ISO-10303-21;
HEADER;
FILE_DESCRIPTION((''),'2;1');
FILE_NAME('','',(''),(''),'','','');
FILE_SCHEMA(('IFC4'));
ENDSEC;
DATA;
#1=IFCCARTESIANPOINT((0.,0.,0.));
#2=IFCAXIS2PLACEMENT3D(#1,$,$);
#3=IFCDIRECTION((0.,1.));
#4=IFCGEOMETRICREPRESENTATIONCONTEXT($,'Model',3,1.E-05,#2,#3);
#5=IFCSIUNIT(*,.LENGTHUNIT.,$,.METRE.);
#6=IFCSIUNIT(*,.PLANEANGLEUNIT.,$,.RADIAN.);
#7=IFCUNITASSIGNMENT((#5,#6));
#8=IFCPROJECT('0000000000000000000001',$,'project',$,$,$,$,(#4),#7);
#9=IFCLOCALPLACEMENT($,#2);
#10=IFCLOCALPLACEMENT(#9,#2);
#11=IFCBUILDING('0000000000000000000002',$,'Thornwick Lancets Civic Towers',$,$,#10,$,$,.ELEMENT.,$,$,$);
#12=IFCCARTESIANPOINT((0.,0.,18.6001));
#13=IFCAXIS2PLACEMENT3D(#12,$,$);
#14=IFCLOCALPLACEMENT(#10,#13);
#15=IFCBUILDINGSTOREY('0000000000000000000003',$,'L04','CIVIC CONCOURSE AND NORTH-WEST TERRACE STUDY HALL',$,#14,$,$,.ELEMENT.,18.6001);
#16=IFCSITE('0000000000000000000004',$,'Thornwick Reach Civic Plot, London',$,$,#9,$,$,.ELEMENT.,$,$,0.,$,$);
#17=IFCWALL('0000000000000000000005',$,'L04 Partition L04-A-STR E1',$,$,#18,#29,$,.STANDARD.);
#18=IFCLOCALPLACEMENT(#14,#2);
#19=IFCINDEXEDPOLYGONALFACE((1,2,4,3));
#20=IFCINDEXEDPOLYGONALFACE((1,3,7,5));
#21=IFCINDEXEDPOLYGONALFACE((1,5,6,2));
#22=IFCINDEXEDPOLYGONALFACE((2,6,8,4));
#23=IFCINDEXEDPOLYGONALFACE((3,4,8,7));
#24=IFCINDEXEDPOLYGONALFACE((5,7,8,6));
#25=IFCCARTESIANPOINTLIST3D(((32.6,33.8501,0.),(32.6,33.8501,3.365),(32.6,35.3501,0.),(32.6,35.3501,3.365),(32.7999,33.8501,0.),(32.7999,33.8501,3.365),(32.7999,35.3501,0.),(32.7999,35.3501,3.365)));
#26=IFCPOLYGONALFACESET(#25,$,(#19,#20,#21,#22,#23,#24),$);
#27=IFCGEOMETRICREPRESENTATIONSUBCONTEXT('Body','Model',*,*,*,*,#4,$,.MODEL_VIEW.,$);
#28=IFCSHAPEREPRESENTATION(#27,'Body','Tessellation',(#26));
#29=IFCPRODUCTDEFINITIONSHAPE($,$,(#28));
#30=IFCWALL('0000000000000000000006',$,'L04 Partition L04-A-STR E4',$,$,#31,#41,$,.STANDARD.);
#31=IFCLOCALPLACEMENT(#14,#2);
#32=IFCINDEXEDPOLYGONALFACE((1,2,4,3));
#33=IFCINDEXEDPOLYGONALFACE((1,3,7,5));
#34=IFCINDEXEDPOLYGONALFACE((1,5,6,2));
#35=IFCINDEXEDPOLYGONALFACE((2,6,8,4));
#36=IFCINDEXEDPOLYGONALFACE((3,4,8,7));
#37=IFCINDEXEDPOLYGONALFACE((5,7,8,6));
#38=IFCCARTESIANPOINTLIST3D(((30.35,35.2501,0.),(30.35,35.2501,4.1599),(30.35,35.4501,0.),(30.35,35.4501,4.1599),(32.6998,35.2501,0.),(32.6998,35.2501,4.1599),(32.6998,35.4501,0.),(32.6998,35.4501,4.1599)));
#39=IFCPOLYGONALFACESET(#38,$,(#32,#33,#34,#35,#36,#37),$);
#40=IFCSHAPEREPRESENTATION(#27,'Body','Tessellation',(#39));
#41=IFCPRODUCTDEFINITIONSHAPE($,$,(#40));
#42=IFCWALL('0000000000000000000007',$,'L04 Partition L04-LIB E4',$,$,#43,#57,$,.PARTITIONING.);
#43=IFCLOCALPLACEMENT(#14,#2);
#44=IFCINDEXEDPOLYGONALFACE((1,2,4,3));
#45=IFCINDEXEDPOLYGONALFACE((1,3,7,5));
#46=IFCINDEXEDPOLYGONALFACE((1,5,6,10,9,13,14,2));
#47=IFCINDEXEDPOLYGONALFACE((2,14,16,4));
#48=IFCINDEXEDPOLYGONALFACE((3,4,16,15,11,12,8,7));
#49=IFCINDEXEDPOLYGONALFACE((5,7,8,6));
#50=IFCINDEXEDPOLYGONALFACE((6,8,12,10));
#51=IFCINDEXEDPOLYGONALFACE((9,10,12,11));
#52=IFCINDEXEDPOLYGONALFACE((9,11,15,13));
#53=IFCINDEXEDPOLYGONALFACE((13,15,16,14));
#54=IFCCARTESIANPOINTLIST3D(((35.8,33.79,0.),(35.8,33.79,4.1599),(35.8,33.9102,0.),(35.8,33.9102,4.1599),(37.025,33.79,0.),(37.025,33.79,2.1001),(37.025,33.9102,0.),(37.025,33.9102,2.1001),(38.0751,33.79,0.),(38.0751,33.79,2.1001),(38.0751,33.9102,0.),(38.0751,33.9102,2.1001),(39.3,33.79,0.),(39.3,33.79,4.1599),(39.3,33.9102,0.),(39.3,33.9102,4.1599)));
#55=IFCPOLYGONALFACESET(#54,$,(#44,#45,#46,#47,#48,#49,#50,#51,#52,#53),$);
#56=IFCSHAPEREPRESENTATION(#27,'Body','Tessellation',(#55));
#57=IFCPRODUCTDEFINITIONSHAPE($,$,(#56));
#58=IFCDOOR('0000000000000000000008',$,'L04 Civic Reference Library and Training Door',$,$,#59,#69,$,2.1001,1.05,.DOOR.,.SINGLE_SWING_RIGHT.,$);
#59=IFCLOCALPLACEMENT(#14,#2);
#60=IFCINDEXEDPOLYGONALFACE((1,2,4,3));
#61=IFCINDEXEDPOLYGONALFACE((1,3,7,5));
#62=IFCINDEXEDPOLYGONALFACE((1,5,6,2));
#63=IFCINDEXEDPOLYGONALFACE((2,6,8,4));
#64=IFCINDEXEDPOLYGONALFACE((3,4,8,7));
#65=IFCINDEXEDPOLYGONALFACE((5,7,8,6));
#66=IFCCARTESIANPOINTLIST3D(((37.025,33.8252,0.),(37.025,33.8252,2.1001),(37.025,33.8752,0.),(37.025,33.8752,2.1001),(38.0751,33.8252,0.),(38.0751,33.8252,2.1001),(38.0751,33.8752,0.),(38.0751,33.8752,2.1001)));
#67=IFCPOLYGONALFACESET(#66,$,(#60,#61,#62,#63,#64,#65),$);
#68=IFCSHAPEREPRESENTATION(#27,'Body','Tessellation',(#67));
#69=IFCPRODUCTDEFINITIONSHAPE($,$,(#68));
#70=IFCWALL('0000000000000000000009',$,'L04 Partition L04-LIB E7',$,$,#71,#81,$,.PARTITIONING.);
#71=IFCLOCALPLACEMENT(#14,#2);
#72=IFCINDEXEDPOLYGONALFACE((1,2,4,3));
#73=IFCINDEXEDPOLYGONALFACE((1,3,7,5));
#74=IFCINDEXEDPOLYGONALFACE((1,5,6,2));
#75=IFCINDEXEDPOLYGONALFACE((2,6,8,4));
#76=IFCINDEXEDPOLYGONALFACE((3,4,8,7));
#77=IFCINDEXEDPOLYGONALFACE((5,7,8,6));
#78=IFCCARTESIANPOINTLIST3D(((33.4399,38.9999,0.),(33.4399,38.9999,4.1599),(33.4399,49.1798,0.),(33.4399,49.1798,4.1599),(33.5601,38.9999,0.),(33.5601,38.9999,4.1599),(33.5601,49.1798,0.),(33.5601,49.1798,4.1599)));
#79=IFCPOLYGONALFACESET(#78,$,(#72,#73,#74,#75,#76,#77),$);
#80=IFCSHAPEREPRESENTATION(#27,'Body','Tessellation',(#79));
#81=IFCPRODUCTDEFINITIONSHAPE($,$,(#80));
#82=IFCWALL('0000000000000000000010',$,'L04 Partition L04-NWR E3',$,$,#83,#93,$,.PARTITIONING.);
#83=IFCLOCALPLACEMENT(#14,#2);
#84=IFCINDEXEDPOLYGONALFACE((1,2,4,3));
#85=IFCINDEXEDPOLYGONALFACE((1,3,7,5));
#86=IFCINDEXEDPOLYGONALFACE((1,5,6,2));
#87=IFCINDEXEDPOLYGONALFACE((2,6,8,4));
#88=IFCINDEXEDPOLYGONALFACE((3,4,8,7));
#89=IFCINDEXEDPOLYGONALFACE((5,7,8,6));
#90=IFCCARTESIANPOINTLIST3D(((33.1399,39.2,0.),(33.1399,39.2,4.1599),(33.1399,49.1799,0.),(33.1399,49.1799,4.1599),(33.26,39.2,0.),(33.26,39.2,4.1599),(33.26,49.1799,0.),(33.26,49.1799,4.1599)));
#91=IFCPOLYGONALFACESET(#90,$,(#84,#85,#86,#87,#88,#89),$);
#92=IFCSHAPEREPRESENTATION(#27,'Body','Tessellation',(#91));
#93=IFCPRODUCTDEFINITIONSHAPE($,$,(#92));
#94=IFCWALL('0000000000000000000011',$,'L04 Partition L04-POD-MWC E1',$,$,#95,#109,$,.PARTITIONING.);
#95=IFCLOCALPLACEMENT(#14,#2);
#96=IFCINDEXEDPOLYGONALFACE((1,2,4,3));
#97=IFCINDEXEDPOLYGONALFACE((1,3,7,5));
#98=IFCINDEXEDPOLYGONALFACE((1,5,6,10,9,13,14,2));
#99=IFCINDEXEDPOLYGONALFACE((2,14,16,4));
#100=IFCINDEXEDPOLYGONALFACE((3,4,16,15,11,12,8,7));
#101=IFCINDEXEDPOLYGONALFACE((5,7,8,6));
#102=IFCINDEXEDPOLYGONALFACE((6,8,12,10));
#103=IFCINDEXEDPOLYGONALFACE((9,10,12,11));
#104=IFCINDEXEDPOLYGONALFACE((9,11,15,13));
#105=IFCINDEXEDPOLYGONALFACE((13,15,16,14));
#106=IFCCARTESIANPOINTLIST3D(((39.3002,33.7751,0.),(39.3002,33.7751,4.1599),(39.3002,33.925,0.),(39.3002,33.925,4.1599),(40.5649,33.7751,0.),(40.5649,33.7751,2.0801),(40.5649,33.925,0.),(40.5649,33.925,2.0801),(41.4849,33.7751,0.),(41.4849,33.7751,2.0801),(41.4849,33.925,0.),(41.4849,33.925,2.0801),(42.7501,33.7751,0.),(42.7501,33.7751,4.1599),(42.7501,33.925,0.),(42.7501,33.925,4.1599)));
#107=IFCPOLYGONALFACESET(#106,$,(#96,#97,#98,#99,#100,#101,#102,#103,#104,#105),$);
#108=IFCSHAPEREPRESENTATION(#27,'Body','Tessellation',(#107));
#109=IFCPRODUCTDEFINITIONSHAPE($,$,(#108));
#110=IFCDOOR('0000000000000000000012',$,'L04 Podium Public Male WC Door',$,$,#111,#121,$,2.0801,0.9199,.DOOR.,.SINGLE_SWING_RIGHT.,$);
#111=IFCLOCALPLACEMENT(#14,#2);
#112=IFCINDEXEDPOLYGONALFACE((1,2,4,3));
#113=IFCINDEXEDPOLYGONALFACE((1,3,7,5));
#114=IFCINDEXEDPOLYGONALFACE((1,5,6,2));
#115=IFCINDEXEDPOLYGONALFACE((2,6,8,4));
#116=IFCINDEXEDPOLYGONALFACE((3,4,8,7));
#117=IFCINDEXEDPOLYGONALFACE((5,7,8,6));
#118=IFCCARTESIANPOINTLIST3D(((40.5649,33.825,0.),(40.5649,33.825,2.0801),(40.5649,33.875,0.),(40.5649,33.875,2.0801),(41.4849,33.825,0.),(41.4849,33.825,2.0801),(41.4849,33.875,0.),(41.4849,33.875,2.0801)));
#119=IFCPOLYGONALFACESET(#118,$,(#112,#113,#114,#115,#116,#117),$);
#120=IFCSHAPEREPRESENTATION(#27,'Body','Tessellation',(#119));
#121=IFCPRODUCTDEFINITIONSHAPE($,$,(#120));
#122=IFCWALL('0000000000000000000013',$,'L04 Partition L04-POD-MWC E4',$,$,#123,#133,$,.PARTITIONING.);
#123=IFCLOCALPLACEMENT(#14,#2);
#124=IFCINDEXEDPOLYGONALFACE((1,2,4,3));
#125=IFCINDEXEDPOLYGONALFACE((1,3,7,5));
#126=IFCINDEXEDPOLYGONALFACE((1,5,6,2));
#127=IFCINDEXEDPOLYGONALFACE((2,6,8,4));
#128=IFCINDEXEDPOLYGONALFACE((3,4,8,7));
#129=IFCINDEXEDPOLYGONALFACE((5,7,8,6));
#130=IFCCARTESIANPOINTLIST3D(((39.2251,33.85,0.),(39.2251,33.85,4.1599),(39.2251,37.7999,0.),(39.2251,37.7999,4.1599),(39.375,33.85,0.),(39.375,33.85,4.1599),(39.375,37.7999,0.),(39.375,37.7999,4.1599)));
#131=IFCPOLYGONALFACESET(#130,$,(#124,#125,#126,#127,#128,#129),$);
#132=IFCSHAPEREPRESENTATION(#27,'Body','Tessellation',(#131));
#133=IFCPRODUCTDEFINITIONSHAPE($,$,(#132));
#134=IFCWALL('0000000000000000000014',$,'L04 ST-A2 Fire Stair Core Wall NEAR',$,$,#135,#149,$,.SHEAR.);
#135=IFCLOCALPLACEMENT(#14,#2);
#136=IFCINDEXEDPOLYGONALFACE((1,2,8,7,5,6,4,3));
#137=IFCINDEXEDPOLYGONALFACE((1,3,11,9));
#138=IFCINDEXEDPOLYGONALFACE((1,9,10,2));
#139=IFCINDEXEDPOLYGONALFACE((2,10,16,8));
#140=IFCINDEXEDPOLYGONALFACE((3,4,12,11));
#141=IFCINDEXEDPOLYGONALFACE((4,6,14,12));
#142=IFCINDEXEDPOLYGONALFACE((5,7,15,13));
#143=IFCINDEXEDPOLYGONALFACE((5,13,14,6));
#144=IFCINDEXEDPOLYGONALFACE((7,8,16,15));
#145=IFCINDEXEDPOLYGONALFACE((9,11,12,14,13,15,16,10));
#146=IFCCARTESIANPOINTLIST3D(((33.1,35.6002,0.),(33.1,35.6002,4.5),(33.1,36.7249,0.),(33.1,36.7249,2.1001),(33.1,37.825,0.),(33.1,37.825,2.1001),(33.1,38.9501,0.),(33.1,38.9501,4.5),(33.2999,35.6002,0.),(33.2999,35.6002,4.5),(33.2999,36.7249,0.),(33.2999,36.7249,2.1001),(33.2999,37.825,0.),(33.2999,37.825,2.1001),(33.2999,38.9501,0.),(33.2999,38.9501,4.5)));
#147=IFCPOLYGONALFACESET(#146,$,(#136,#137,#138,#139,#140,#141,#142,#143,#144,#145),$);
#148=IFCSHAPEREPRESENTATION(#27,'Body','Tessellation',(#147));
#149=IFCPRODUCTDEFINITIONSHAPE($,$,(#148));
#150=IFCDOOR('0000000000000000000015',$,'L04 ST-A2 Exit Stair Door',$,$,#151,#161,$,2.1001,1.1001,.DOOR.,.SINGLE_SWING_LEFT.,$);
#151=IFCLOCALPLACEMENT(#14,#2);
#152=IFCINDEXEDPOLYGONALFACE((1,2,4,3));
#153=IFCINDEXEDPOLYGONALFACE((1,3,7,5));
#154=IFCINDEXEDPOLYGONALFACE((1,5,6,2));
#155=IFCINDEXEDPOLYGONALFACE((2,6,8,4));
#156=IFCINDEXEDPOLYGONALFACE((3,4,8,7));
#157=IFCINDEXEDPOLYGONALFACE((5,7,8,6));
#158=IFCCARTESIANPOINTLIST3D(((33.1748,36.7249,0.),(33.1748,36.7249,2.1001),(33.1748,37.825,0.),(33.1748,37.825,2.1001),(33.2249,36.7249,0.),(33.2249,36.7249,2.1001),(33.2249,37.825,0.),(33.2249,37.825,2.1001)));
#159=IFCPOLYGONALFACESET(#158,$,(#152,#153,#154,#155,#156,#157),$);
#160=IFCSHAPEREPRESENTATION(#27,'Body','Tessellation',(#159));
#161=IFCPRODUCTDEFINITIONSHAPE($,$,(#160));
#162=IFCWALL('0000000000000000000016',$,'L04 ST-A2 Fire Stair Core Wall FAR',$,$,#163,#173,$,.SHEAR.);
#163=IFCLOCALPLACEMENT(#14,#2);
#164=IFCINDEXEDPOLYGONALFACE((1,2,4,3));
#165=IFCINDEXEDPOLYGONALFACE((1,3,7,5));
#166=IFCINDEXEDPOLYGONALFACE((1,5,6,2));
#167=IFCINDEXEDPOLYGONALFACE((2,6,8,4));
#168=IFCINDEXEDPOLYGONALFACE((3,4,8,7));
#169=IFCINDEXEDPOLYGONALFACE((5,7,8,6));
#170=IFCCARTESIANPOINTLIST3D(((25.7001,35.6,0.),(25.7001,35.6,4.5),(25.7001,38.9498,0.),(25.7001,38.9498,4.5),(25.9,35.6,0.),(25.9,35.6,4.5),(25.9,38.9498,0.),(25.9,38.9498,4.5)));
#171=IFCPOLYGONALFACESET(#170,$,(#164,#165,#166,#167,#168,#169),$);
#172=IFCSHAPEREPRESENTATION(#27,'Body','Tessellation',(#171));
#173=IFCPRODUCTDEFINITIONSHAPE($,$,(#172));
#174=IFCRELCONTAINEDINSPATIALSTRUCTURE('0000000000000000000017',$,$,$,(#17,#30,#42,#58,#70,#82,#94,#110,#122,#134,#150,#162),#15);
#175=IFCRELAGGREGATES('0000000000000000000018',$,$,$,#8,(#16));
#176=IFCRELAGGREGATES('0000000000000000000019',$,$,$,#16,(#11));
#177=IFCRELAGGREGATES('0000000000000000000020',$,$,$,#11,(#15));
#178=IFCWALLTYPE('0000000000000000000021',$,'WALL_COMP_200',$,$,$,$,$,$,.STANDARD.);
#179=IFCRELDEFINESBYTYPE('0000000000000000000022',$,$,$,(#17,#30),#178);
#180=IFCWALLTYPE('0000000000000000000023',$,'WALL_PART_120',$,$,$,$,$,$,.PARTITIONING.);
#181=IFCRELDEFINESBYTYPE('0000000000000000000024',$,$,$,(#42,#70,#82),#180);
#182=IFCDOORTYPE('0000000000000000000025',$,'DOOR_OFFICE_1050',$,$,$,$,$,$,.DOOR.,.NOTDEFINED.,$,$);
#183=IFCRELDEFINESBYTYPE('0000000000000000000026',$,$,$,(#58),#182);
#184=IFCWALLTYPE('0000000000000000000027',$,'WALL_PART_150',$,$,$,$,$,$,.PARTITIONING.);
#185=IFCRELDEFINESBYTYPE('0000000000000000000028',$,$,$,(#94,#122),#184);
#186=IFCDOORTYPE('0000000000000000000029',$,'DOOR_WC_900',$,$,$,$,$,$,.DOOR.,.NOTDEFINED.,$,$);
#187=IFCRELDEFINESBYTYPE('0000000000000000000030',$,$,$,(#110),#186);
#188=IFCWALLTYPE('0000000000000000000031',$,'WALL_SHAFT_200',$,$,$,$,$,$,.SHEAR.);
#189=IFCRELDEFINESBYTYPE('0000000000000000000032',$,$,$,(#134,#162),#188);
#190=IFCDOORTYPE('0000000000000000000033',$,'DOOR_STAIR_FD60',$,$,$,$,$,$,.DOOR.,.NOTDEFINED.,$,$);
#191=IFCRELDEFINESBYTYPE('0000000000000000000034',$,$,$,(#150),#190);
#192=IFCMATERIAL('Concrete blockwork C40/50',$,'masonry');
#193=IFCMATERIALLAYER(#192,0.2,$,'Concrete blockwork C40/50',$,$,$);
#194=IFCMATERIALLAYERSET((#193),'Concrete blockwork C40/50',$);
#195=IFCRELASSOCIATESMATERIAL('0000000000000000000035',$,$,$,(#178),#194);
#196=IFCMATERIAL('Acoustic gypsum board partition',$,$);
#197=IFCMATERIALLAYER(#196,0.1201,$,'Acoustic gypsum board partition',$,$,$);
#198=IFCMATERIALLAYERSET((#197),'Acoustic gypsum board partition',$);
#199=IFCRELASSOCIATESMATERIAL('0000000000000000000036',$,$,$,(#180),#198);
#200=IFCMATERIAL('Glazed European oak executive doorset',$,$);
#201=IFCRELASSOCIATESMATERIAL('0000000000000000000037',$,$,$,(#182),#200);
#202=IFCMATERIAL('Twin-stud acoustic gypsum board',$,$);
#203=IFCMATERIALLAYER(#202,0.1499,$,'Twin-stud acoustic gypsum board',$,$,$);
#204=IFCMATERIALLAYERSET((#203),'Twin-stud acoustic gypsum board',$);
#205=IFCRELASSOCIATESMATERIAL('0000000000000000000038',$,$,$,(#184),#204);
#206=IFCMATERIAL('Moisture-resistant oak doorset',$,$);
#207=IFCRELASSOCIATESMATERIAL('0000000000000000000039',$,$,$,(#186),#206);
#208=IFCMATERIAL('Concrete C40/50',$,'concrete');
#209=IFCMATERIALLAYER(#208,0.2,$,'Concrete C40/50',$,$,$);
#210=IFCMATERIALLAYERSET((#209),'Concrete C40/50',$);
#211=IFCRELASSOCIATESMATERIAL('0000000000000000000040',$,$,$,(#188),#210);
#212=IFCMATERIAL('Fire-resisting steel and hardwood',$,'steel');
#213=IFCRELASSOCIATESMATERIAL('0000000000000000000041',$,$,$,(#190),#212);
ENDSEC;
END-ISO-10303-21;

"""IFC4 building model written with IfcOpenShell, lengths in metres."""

from ifc_helpers import new_model, si_unit, direction, frame, frame_2d, origin, place, context, subcontext, project, spatial, rectangle, extrude, material, layer, layer_set, type_object, element, fill, save


model = new_model("IFC4")

# Units and contexts
model_context = context("Model", 3, precision=1e-05, world=origin(), true_north=direction((0.0, 1.0)))
body_context = subcontext(model_context, "Body", "Model", "MODEL_VIEW")
ifc_project = project(units=[si_unit("LENGTHUNIT", "METRE"), si_unit("PLANEANGLEUNIT", "RADIAN")], contexts=[model_context])

# Site, building, storey
site_placement = place(None, origin())
site = spatial("IfcSite", under=ifc_project, at=site_placement, Name="Thornwick Reach Civic Plot, London", CompositionType="ELEMENT", RefElevation=0.0)
building_placement = place(site_placement, origin())
building = spatial("IfcBuilding", under=site, at=building_placement, Name="Thornwick Lancets Civic Towers", CompositionType="ELEMENT")
storey_placement = place(building_placement, frame((0.0, 0.0, 18.6001)))
storey = spatial("IfcBuildingStorey", under=building, at=storey_placement, Name="L04", Description="CIVIC CONCOURSE AND NORTH-WEST TERRACE STUDY HALL", CompositionType="ELEMENT", Elevation=18.6001)

# Shared definitions
ifc_material_1 = material(Name="Concrete C40/50", Category="concrete")

# Shared definitions
ifc_material_2 = material(Name="Concrete blockwork C40/50", Category="masonry")
ifc_layer_1 = layer(ifc_material_2, 0.2, Name="Concrete blockwork C40/50")
ifc_layer_set_1 = layer_set([ifc_layer_1], Name="Concrete blockwork C40/50")
wall_type_1 = type_object("IfcWallType", Name="WALL_COMP_200", PredefinedType="STANDARD", material=ifc_layer_set_1)

# Walls
wall_1_placement = place(storey_placement, frame((32.7, 35.3501, 0.0), z_axis=(0.0, 0.0, 1.0), x_axis=(0.0, -1.0, 0.0)))
element("IfcWall", 1, at=wall_1_placement, inside=storey, type_object=wall_type_1, Name="L04 Partition L04-A-STR E1", PredefinedType="STANDARD", context=body_context, shape_type="SweptSolid", body=[
    extrude(rectangle(XDim=1.5, YDim=0.2, at=frame_2d((0.75, 0.0))), origin(), (0.0, 0.0, 1.0), 3.365),
])
wall_2_placement = place(storey_placement, frame((30.3501, 35.3501, 0.0), z_axis=(0.0, 0.0, 1.0), x_axis=(1.0, 0.0, 0.0)))
element("IfcWall", 2, at=wall_2_placement, inside=storey, type_object=wall_type_1, Name="L04 Partition L04-A-STR E4", PredefinedType="STANDARD", context=body_context, shape_type="SweptSolid", body=[
    extrude(rectangle(XDim=2.3499, YDim=0.2, at=frame_2d((1.1748, 0.0))), origin(), (0.0, 0.0, 1.0), 4.1599),
])

# Wall, opening, door
ifc_material_3 = material(Name="Acoustic gypsum board partition")
ifc_layer_2 = layer(ifc_material_3, 0.1201, Name="Acoustic gypsum board partition")
ifc_layer_set_2 = layer_set([ifc_layer_2], Name="Acoustic gypsum board partition")
wall_type_2 = type_object("IfcWallType", Name="WALL_PART_120", PredefinedType="PARTITIONING", material=ifc_layer_set_2)
wall_3_placement = place(storey_placement, frame((39.3, 33.8501, 0.0), z_axis=(0.0, 0.0, 1.0), x_axis=(-1.0, 0.0, 0.0)))
wall_3 = element("IfcWall", 3, at=wall_3_placement, inside=storey, type_object=wall_type_2, Name="L04 Partition L04-LIB E4", PredefinedType="PARTITIONING", context=body_context, shape_type="SweptSolid", body=[
    extrude(rectangle(XDim=3.5, YDim=0.1201, at=frame_2d((1.75, 0.0))), origin(), (0.0, 0.0, 1.0), 4.1599),
])
opening_1_placement = place(wall_3_placement, frame((1.2251, 0.0, 0.0)))
opening_1 = element("IfcOpeningElement", 4, at=opening_1_placement, cuts=wall_3, PredefinedType="OPENING", context=body_context, shape_type="SweptSolid", body=[
    extrude(rectangle(XDim=1.05, YDim=2.1001, at=frame_2d((0.5249, 1.05))), frame((0.0, 0.0701, 0.0), z_axis=(0.0, -1.0, 0.0), x_axis=(1.0, 0.0, 0.0)), (0.0, 0.0, 1.0), 0.1401),
])
ifc_material_4 = material(Name="Glazed European oak executive doorset")
door_type_1 = type_object("IfcDoorType", Name="DOOR_OFFICE_1050", OperationType="NOTDEFINED", PredefinedType="DOOR", material=ifc_material_4)
door_1_placement = place(opening_1_placement, origin())
door_1 = element("IfcDoor", 5, at=door_1_placement, inside=storey, type_object=door_type_1, Name="L04 Civic Reference Library and Training Door", OperationType="SINGLE_SWING_RIGHT", OverallHeight=2.1001, OverallWidth=1.05, PredefinedType="DOOR", context=body_context, shape_type="SweptSolid", body=[
    extrude(rectangle(XDim=1.05, YDim=2.1001, at=frame_2d((0.5249, 1.05))), frame((0.0, 0.0249, 0.0), z_axis=(0.0, -1.0, 0.0), x_axis=(1.0, 0.0, 0.0)), (0.0, 0.0, 1.0), 0.05),
])
fill(opening_1, door_1)

# Walls
wall_4_placement = place(storey_placement, frame((33.5, 39.0, 0.0), z_axis=(0.0, 0.0, 1.0), x_axis=(0.0, 1.0, 0.0)))
element("IfcWall", 6, at=wall_4_placement, inside=storey, type_object=wall_type_2, Name="L04 Partition L04-LIB E7", PredefinedType="PARTITIONING", context=body_context, shape_type="SweptSolid", body=[
    extrude(rectangle(XDim=10.1799, YDim=0.1201, at=frame_2d((5.0898, 0.0))), origin(), (0.0, 0.0, 1.0), 4.1599),
])
wall_5_placement = place(storey_placement, frame((33.2, 49.1799, 0.0), z_axis=(0.0, 0.0, 1.0), x_axis=(0.0, -1.0, 0.0)))
element("IfcWall", 7, at=wall_5_placement, inside=storey, type_object=wall_type_2, Name="L04 Partition L04-NWR E3", PredefinedType="PARTITIONING", context=body_context, shape_type="SweptSolid", body=[
    extrude(rectangle(XDim=9.98, YDim=0.1201, at=frame_2d((4.99, 0.0))), origin(), (0.0, 0.0, 1.0), 4.1599),
])

# Wall, opening, door
ifc_material_5 = material(Name="Twin-stud acoustic gypsum board")
ifc_layer_3 = layer(ifc_material_5, 0.1499, Name="Twin-stud acoustic gypsum board")
ifc_layer_set_3 = layer_set([ifc_layer_3], Name="Twin-stud acoustic gypsum board")
wall_type_3 = type_object("IfcWallType", Name="WALL_PART_150", PredefinedType="PARTITIONING", material=ifc_layer_set_3)
wall_6_placement = place(storey_placement, frame((39.3, 33.8501, 0.0), z_axis=(0.0, 0.0, 1.0), x_axis=(1.0, 0.0, 0.0)))
wall_6 = element("IfcWall", 8, at=wall_6_placement, inside=storey, type_object=wall_type_3, Name="L04 Partition L04-POD-MWC E1", PredefinedType="PARTITIONING", context=body_context, shape_type="SweptSolid", body=[
    extrude(rectangle(XDim=3.45, YDim=0.1499, at=frame_2d((1.7251, 0.0))), origin(), (0.0, 0.0, 1.0), 4.1599),
])
opening_2_placement = place(wall_6_placement, frame((1.2649, 0.0, 0.0)))
opening_2 = element("IfcOpeningElement", 9, at=opening_2_placement, cuts=wall_6, PredefinedType="OPENING", context=body_context, shape_type="SweptSolid", body=[
    extrude(rectangle(XDim=0.9199, YDim=2.0801, at=frame_2d((0.46, 1.04))), frame((0.0, 0.085, 0.0), z_axis=(0.0, -1.0, 0.0), x_axis=(1.0, 0.0, 0.0)), (0.0, 0.0, 1.0), 0.1699),
])
ifc_material_6 = material(Name="Moisture-resistant oak doorset")
door_type_2 = type_object("IfcDoorType", Name="DOOR_WC_900", OperationType="NOTDEFINED", PredefinedType="DOOR", material=ifc_material_6)
door_2_placement = place(opening_2_placement, origin())
door_2 = element("IfcDoor", 10, at=door_2_placement, inside=storey, type_object=door_type_2, Name="L04 Podium Public Male WC Door", OperationType="SINGLE_SWING_RIGHT", OverallHeight=2.0801, OverallWidth=0.9199, PredefinedType="DOOR", context=body_context, shape_type="SweptSolid", body=[
    extrude(rectangle(XDim=0.9199, YDim=2.0801, at=frame_2d((0.46, 1.04))), frame((0.0, 0.0249, 0.0), z_axis=(0.0, -1.0, 0.0), x_axis=(1.0, 0.0, 0.0)), (0.0, 0.0, 1.0), 0.05),
])
fill(opening_2, door_2)

# Wall
wall_7_placement = place(storey_placement, frame((39.3, 37.8, 0.0), z_axis=(0.0, 0.0, 1.0), x_axis=(0.0, -1.0, 0.0)))
element("IfcWall", 11, at=wall_7_placement, inside=storey, type_object=wall_type_3, Name="L04 Partition L04-POD-MWC E4", PredefinedType="PARTITIONING", context=body_context, shape_type="SweptSolid", body=[
    extrude(rectangle(XDim=3.95, YDim=0.1499, at=frame_2d((1.9751, 0.0))), origin(), (0.0, 0.0, 1.0), 4.1599),
])

# Wall, opening, door
ifc_layer_4 = layer(ifc_material_1, 0.2, Name="Concrete C40/50")
ifc_layer_set_4 = layer_set([ifc_layer_4], Name="Concrete C40/50")
wall_type_4 = type_object("IfcWallType", Name="WALL_SHAFT_200", PredefinedType="SHEAR", material=ifc_layer_set_4)
wall_8_placement = place(storey_placement, frame((33.2, 38.95, 0.0), z_axis=(0.0, 0.0, 1.0), x_axis=(0.0, -1.0, 0.0)))
wall_8 = element("IfcWall", 12, at=wall_8_placement, inside=storey, type_object=wall_type_4, Name="L04 ST-A2 Fire Stair Core Wall NEAR", PredefinedType="SHEAR", context=body_context, shape_type="SweptSolid", body=[
    extrude(rectangle(XDim=3.3499, YDim=0.2, at=frame_2d((1.6748, 0.0))), origin(), (0.0, 0.0, 1.0), 4.5),
])
opening_3_placement = place(wall_8_placement, frame((1.125, 0.0, 0.0)))
opening_3 = element("IfcOpeningElement", 13, at=opening_3_placement, cuts=wall_8, PredefinedType="OPENING", context=body_context, shape_type="SweptSolid", body=[
    extrude(rectangle(XDim=1.1001, YDim=2.1001, at=frame_2d((0.55, 1.05))), frame((0.0, 0.1099, 0.0), z_axis=(0.0, -1.0, 0.0), x_axis=(1.0, 0.0, 0.0)), (0.0, 0.0, 1.0), 0.22),
])
ifc_material_7 = material(Name="Fire-resisting steel and hardwood", Category="steel")
door_type_3 = type_object("IfcDoorType", Name="DOOR_STAIR_FD60", OperationType="NOTDEFINED", PredefinedType="DOOR", material=ifc_material_7)
door_3_placement = place(opening_3_placement, origin())
door_3 = element("IfcDoor", 14, at=door_3_placement, inside=storey, type_object=door_type_3, Name="L04 ST-A2 Exit Stair Door", OperationType="SINGLE_SWING_LEFT", OverallHeight=2.1001, OverallWidth=1.1001, PredefinedType="DOOR", context=body_context, shape_type="SweptSolid", body=[
    extrude(rectangle(XDim=1.1001, YDim=2.1001, at=frame_2d((0.55, 1.05))), frame((0.0, 0.0249, 0.0), z_axis=(0.0, -1.0, 0.0), x_axis=(1.0, 0.0, 0.0)), (0.0, 0.0, 1.0), 0.05),
])
fill(opening_3, door_3)

# Wall
wall_9_placement = place(storey_placement, frame((25.8, 35.6001, 0.0), z_axis=(0.0, 0.0, 1.0), x_axis=(0.0, 1.0, 0.0)))
element("IfcWall", 15, at=wall_9_placement, inside=storey, type_object=wall_type_4, Name="L04 ST-A2 Fire Stair Core Wall FAR", PredefinedType="SHEAR", context=body_context, shape_type="SweptSolid", body=[
    extrude(rectangle(XDim=3.3499, YDim=0.2, at=frame_2d((1.6748, 0.0))), origin(), (0.0, 0.0, 1.0), 4.5),
])

save(model, "model.ifc")
